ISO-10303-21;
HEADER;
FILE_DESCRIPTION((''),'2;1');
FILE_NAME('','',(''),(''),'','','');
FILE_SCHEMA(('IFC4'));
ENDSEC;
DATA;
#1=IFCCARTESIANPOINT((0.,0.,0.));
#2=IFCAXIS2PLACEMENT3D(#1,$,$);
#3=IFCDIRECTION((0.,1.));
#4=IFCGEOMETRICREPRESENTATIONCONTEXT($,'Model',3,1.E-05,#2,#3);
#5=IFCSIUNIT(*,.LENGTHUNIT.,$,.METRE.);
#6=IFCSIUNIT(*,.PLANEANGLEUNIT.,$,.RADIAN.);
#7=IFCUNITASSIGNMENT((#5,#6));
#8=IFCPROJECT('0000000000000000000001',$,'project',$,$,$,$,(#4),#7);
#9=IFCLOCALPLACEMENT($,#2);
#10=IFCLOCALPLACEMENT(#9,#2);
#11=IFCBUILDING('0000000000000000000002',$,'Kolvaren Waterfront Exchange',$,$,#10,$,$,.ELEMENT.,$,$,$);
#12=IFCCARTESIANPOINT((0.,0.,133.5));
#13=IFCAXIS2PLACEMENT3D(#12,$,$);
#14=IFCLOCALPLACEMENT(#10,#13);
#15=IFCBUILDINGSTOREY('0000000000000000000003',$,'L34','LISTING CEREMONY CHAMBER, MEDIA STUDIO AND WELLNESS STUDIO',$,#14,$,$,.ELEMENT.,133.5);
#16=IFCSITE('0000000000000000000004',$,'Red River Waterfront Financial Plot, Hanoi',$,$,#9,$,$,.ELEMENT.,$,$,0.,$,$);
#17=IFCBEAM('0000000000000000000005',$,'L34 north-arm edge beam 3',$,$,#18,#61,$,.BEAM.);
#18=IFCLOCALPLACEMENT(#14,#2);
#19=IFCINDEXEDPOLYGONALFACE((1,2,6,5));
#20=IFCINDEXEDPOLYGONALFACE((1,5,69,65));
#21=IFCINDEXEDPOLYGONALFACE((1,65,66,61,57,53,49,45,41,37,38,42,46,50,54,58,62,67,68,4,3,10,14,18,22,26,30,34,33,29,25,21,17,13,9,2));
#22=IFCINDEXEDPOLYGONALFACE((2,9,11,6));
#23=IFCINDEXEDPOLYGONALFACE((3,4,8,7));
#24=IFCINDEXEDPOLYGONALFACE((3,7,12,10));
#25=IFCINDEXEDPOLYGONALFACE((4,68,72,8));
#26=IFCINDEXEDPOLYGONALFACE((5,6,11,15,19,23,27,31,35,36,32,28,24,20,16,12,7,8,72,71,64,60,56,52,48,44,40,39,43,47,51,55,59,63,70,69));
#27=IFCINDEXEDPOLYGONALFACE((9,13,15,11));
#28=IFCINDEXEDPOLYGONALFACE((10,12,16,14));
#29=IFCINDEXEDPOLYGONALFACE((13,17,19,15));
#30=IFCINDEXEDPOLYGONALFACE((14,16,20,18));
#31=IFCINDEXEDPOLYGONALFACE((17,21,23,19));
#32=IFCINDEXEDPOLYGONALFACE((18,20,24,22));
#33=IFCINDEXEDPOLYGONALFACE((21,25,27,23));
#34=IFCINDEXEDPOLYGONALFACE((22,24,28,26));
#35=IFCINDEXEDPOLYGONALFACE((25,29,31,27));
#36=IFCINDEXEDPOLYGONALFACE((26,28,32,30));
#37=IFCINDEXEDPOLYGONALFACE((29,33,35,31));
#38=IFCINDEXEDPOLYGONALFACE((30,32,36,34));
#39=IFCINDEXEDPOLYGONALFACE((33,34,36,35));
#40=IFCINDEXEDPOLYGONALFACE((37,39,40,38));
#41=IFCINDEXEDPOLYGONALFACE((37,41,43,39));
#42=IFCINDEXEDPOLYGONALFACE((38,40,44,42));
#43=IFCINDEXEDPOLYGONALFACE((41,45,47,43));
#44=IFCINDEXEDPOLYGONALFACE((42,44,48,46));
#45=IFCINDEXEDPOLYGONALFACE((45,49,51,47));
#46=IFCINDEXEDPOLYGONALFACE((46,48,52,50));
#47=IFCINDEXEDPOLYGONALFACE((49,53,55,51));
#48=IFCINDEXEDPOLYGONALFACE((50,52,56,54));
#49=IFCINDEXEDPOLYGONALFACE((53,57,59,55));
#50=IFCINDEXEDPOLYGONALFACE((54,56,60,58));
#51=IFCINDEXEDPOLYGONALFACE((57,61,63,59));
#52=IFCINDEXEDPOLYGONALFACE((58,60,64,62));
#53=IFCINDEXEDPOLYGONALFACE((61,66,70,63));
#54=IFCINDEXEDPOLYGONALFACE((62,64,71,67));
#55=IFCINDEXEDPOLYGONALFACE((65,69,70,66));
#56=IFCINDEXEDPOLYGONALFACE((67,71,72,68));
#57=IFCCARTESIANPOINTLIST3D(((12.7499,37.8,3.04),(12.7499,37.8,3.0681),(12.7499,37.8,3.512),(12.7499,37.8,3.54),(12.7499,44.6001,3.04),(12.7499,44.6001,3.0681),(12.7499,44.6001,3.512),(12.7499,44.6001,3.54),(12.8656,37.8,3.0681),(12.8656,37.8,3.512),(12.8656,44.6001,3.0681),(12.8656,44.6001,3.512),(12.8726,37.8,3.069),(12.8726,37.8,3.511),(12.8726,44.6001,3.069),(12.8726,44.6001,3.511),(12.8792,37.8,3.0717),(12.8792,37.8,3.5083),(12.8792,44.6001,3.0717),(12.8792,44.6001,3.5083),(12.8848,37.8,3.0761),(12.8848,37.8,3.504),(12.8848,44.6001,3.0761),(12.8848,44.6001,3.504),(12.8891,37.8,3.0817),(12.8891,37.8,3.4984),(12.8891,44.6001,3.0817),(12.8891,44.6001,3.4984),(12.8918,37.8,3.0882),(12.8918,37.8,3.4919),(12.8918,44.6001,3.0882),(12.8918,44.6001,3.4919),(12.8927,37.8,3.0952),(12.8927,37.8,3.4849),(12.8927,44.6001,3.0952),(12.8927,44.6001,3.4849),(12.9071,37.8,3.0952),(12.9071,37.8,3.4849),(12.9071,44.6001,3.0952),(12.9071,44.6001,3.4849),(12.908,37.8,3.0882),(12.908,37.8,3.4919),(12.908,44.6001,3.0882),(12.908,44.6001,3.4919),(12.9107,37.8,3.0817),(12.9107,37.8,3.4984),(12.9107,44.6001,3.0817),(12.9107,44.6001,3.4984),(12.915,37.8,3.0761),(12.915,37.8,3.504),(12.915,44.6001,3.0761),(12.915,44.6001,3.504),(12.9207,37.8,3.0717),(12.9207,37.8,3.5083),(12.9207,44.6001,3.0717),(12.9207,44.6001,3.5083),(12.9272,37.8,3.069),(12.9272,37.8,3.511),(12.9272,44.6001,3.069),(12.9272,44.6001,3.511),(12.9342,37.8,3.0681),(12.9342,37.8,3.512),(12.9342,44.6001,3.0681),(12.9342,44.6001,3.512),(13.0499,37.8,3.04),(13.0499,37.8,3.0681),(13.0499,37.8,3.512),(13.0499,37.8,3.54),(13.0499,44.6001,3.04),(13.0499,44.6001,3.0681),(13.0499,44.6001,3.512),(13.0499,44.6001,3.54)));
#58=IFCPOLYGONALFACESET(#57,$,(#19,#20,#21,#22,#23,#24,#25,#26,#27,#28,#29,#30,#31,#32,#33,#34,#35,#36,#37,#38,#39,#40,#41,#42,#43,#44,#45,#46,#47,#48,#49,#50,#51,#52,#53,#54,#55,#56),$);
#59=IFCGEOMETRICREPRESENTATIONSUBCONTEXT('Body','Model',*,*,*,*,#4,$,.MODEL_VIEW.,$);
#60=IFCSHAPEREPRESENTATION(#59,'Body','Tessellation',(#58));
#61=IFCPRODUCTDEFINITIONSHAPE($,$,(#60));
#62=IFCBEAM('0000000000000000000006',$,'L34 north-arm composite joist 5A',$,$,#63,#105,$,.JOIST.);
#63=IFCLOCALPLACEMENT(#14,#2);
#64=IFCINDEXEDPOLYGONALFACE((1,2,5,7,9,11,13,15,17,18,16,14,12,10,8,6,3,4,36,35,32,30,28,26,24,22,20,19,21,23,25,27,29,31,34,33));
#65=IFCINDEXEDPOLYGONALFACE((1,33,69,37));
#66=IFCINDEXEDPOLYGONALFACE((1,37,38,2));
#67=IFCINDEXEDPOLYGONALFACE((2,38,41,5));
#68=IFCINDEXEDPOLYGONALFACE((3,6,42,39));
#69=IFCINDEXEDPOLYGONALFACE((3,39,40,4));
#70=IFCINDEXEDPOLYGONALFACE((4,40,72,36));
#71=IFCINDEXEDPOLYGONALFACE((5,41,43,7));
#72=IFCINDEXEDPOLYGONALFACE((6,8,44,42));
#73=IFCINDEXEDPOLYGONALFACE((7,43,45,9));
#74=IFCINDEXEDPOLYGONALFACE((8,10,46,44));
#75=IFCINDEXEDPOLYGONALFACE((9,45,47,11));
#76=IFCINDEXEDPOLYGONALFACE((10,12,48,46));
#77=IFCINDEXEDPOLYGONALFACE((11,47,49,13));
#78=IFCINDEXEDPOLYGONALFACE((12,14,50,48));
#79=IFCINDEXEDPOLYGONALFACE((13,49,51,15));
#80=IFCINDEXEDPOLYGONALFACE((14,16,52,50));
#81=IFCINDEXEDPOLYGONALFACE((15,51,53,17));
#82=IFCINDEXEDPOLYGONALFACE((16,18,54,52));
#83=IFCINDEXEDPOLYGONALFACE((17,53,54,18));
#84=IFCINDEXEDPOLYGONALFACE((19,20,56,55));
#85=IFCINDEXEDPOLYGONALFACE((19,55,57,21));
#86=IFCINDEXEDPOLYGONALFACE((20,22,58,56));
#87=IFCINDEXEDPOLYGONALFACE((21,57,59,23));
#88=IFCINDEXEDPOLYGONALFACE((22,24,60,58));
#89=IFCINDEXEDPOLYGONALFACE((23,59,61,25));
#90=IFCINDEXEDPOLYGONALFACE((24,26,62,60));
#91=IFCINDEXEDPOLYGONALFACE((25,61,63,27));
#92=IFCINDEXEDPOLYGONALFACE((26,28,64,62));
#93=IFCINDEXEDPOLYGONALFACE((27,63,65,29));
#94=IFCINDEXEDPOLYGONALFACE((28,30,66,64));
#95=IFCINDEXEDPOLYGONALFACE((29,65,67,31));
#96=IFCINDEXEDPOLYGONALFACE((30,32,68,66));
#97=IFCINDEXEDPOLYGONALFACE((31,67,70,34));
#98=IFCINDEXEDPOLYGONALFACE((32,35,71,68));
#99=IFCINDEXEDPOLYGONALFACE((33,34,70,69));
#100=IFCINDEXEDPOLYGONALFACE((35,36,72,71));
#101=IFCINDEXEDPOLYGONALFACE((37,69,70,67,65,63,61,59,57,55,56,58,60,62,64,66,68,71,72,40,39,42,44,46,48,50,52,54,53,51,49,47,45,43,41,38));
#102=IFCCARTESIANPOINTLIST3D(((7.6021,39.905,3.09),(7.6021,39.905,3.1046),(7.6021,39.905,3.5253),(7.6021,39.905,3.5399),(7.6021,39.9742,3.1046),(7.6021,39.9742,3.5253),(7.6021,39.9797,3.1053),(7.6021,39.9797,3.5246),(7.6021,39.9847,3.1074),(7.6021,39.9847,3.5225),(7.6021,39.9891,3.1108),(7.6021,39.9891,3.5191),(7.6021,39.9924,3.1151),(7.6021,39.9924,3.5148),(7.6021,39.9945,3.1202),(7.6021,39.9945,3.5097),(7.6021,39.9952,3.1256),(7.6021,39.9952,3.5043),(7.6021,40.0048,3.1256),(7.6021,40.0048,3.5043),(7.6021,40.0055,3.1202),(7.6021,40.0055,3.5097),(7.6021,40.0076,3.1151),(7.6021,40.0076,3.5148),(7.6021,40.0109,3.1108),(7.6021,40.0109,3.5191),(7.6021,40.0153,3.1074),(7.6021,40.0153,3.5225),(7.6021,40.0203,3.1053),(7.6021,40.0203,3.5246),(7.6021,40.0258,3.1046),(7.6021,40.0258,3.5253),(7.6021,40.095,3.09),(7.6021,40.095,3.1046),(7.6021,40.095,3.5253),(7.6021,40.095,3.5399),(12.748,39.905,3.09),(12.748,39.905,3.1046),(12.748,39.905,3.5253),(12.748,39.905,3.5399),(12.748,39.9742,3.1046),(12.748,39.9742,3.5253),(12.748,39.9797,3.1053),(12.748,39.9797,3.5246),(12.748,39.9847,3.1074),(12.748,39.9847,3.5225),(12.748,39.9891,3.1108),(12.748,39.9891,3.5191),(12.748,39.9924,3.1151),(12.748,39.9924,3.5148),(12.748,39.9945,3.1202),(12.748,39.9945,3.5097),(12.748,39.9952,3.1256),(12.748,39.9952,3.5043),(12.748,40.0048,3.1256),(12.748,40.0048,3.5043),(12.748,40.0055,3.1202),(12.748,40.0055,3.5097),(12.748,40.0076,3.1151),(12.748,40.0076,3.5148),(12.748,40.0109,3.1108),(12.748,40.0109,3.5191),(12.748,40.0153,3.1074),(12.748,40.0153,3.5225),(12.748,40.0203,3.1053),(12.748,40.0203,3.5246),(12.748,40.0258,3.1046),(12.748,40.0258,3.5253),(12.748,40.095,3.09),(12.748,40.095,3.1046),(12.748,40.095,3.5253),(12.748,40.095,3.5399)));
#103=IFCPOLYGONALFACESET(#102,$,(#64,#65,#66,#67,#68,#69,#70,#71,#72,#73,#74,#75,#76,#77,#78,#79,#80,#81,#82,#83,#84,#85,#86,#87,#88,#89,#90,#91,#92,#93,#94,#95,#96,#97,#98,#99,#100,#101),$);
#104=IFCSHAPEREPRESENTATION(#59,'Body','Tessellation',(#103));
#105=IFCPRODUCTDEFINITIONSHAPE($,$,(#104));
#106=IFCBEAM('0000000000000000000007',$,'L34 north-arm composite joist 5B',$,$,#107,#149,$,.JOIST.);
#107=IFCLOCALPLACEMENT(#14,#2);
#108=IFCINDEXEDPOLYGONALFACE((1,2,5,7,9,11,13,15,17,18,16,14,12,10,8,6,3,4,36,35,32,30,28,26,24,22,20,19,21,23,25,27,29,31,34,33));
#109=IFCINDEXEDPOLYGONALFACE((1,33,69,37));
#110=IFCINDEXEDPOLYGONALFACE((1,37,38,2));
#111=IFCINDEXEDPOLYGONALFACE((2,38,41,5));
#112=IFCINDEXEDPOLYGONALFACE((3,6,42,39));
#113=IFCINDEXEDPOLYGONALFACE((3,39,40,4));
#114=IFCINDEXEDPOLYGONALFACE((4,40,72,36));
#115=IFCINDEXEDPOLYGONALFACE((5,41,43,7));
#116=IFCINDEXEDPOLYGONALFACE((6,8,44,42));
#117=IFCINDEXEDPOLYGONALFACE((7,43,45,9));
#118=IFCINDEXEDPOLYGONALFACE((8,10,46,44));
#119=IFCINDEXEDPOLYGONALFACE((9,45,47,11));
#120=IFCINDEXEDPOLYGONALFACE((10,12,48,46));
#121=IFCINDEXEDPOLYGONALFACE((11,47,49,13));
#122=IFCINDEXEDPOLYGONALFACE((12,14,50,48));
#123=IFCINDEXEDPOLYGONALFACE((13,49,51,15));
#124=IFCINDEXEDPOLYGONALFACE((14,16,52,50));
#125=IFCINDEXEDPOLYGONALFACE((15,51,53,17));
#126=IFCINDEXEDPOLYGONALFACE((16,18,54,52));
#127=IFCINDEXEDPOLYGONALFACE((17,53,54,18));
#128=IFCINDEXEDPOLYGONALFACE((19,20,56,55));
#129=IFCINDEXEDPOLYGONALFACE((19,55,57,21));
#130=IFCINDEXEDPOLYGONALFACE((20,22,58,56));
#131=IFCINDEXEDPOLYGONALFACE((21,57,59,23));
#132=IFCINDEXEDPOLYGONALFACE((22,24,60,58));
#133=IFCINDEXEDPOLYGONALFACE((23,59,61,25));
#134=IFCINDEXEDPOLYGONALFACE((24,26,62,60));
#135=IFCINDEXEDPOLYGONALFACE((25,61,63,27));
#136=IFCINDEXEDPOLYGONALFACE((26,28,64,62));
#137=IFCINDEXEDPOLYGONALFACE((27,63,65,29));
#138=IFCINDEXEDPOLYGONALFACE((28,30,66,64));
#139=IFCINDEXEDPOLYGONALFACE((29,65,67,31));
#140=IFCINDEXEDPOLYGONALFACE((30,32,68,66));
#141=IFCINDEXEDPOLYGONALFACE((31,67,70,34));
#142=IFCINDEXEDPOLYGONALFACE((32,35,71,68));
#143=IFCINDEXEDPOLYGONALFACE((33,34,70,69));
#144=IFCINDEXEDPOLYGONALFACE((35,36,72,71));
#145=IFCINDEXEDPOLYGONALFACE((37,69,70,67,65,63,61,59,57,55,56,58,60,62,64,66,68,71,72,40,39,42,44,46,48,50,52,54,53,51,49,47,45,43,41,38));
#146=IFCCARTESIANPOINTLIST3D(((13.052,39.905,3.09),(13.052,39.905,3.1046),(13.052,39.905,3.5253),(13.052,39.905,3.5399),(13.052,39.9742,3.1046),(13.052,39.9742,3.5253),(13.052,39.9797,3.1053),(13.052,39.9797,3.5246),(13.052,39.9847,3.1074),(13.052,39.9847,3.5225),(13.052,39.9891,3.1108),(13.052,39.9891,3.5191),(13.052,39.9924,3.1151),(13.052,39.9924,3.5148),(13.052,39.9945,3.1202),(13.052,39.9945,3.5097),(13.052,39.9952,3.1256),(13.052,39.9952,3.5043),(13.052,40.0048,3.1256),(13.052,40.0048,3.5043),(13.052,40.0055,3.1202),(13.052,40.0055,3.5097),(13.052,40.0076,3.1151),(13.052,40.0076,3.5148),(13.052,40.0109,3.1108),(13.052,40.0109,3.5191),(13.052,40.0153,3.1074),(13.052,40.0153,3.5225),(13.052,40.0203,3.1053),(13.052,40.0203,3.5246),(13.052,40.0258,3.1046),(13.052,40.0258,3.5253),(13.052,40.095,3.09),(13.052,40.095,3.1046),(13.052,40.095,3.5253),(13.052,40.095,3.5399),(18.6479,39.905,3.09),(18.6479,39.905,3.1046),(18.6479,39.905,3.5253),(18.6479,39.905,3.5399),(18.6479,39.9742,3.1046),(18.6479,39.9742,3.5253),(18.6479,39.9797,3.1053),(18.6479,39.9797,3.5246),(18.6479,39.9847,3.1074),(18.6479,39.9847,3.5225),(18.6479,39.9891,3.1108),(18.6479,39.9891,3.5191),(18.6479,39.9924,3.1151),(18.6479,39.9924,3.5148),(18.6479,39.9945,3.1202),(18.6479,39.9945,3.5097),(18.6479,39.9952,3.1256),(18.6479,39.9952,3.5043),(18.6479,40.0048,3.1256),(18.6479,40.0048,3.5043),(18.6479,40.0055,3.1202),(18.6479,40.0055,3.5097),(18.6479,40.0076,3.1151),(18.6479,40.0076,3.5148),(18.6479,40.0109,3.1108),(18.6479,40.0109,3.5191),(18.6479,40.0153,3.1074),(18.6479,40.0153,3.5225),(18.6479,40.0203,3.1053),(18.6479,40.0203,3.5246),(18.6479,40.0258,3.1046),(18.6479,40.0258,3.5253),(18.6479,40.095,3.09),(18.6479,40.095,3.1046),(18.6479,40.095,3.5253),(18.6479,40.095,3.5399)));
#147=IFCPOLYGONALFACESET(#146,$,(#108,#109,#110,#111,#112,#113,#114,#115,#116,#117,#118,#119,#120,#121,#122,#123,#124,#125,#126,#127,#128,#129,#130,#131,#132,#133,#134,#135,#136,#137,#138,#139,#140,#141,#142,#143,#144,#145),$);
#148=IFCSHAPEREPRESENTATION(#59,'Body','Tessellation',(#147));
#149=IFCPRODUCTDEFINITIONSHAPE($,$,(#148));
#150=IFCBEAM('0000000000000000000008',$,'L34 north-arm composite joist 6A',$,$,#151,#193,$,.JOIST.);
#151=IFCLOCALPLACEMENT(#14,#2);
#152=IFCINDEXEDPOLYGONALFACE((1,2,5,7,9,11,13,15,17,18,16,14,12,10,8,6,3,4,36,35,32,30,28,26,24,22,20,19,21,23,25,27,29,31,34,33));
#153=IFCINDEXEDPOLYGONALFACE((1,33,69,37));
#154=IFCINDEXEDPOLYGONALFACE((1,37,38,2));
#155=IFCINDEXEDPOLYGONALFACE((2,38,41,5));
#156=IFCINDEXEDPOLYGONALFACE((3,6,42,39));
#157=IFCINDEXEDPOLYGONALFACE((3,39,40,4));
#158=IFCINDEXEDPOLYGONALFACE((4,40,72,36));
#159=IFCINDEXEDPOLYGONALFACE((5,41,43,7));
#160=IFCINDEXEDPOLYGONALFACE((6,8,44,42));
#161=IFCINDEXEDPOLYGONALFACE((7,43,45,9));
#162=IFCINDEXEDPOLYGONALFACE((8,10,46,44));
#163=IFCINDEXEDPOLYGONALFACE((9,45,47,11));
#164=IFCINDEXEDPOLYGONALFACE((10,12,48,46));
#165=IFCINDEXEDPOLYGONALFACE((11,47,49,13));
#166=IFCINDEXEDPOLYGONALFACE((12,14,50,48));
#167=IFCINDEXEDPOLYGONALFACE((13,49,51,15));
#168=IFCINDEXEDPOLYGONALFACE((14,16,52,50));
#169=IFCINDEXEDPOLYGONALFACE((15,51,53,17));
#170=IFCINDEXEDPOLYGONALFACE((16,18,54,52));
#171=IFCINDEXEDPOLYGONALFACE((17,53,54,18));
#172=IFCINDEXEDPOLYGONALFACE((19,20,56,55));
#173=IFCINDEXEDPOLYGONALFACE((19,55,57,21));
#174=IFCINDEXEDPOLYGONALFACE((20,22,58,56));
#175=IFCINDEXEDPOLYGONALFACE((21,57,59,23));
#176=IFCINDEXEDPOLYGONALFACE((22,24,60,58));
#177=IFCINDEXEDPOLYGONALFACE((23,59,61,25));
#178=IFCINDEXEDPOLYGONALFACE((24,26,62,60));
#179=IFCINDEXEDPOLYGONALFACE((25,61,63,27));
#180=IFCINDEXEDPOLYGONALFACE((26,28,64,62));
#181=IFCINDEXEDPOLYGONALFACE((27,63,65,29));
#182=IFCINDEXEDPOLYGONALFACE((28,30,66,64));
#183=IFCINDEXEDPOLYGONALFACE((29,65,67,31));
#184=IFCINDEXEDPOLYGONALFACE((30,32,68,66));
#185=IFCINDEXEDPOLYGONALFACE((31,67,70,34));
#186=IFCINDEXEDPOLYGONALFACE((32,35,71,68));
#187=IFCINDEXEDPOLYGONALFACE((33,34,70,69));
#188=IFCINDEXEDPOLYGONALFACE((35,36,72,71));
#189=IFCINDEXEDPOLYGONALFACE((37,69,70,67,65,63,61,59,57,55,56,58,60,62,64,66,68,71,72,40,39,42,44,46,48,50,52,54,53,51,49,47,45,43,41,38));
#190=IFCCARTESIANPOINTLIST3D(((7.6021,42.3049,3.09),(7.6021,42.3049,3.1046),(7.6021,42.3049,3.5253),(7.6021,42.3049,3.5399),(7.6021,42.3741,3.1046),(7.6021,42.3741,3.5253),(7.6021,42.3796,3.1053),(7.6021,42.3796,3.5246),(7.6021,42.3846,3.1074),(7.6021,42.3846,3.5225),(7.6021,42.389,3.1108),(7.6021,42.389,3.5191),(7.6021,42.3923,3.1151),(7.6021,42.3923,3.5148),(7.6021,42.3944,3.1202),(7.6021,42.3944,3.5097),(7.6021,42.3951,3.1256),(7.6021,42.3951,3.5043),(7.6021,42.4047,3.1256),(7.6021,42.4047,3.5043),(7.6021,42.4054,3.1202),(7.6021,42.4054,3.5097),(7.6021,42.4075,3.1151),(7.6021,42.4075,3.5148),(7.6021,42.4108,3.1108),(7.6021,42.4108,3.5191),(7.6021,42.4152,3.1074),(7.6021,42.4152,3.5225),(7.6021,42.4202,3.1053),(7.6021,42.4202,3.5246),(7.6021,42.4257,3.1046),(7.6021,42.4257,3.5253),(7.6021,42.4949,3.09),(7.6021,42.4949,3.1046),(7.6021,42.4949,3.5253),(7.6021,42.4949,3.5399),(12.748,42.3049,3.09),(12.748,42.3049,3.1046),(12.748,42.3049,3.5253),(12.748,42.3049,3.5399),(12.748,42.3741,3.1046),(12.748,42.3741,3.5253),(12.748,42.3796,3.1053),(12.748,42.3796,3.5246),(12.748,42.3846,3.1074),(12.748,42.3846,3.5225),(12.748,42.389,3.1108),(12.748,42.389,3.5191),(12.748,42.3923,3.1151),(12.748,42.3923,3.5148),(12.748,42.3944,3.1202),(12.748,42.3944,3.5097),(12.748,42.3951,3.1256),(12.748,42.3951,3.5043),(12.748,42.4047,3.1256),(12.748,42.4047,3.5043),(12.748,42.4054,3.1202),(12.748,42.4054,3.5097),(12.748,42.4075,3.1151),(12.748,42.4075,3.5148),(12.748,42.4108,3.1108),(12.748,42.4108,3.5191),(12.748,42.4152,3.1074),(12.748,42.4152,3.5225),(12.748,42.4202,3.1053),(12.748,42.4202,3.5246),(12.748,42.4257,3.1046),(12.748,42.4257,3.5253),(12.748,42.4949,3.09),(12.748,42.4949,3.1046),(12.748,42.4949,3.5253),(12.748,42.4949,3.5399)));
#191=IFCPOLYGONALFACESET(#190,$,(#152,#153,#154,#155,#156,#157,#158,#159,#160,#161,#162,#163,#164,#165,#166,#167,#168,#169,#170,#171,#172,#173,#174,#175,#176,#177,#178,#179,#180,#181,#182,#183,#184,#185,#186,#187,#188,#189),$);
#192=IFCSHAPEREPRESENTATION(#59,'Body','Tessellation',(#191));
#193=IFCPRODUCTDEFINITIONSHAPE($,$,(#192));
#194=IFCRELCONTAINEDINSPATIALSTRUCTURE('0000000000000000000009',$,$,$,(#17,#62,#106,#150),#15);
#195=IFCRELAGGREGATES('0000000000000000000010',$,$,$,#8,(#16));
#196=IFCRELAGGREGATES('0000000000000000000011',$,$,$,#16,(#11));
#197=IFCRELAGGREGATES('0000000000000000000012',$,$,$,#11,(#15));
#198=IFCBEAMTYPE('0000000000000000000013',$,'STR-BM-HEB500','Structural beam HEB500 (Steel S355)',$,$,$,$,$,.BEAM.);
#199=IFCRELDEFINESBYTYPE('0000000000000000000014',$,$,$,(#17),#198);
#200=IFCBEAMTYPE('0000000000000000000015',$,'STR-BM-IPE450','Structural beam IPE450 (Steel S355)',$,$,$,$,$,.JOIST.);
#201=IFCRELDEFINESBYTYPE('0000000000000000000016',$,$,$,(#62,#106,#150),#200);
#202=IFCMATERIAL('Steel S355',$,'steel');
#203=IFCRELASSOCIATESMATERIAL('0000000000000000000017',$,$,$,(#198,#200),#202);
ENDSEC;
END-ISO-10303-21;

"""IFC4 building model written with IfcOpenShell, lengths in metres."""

from ifc_helpers import new_model, si_unit, direction, frame, origin, origin_2d, place, context, subcontext, project, spatial, i_section, extrude, material, material_profile, profile_set, type_object, element, save


model = new_model("IFC4")

# Units and contexts
model_context = context("Model", 3, precision=1e-05, world=origin(), true_north=direction((0.0, 1.0)))
body_context = subcontext(model_context, "Body", "Model", "MODEL_VIEW")
ifc_project = project(units=[si_unit("LENGTHUNIT", "METRE"), si_unit("PLANEANGLEUNIT", "RADIAN")], contexts=[model_context])

# Site, building, storey
site_placement = place(None, origin())
site = spatial("IfcSite", under=ifc_project, at=site_placement, Name="Red River Waterfront Financial Plot, Hanoi", CompositionType="ELEMENT", RefElevation=0.0)
building_placement = place(site_placement, origin())
building = spatial("IfcBuilding", under=site, at=building_placement, Name="Kolvaren Waterfront Exchange", CompositionType="ELEMENT")
storey_placement = place(building_placement, frame((0.0, 0.0, 133.5)))
storey = spatial("IfcBuildingStorey", under=building, at=storey_placement, Name="L34", Description="LISTING CEREMONY CHAMBER, MEDIA STUDIO AND WELLNESS STUDIO", CompositionType="ELEMENT", Elevation=133.5)

# Beams
ifc_material_1 = material(Name="Steel S355", Category="steel")
ifc_material_profile_1 = material_profile(ifc_material_1, i_section(OverallWidth=0.3, OverallDepth=0.5, WebThickness=0.0144, FlangeThickness=0.0281, FilletRadius=0.0271, at=origin_2d()), Name="HEB500")
ifc_profile_set_1 = profile_set([ifc_material_profile_1], Name="Steel S355")
beam_type_1 = type_object("IfcBeamType", Name="STR-BM-HEB500", Description="Structural beam HEB500 (Steel S355)", PredefinedType="BEAM", material=ifc_profile_set_1)
beam_1_placement = place(storey_placement, frame((12.8999, 37.8, 3.29), z_axis=(0.0, 1.0, 0.0), x_axis=(-1.0, 0.0, 0.0)))
element("IfcBeam", 1, at=beam_1_placement, inside=storey, type_object=beam_type_1, Name="L34 north-arm edge beam 3", PredefinedType="BEAM", context=body_context, shape_type="SweptSolid", body=[
    extrude(i_section(OverallWidth=0.3, OverallDepth=0.5, WebThickness=0.0144, FlangeThickness=0.0281, FilletRadius=0.0271, at=origin_2d()), origin(), (0.0, 0.0, 1.0), 6.8),
])
ifc_material_profile_2 = material_profile(ifc_material_1, i_section(OverallWidth=0.1899, OverallDepth=0.45, WebThickness=0.0095, FlangeThickness=0.0146, FilletRadius=0.021, at=origin_2d()), Name="IPE450")
ifc_profile_set_2 = profile_set([ifc_material_profile_2], Name="Steel S355")
beam_type_2 = type_object("IfcBeamType", Name="STR-BM-IPE450", Description="Structural beam IPE450 (Steel S355)", PredefinedType="JOIST", material=ifc_profile_set_2)
beam_2_placement = place(storey_placement, frame((7.6021, 40.0, 3.3149), z_axis=(1.0, 0.0, 0.0), x_axis=(0.0, 1.0, 0.0)))
element("IfcBeam", 2, at=beam_2_placement, inside=storey, type_object=beam_type_2, Name="L34 north-arm composite joist 5A", PredefinedType="JOIST", context=body_context, shape_type="SweptSolid", body=[
    extrude(i_section(OverallWidth=0.1899, OverallDepth=0.45, WebThickness=0.0095, FlangeThickness=0.0146, FilletRadius=0.021, at=origin_2d()), origin(), (0.0, 0.0, 1.0), 5.146),
])
beam_3_placement = place(storey_placement, frame((13.052, 40.0, 3.3149), z_axis=(1.0, 0.0, 0.0), x_axis=(0.0, 1.0, 0.0)))
element("IfcBeam", 3, at=beam_3_placement, inside=storey, type_object=beam_type_2, Name="L34 north-arm composite joist 5B", PredefinedType="JOIST", context=body_context, shape_type="SweptSolid", body=[
    extrude(i_section(OverallWidth=0.1899, OverallDepth=0.45, WebThickness=0.0095, FlangeThickness=0.0146, FilletRadius=0.021, at=origin_2d()), origin(), (0.0, 0.0, 1.0), 5.5959),
])
beam_4_placement = place(storey_placement, frame((7.6021, 42.3999, 3.3149), z_axis=(1.0, 0.0, 0.0), x_axis=(0.0, 1.0, 0.0)))
element("IfcBeam", 4, at=beam_4_placement, inside=storey, type_object=beam_type_2, Name="L34 north-arm composite joist 6A", PredefinedType="JOIST", context=body_context, shape_type="SweptSolid", body=[
    extrude(i_section(OverallWidth=0.1899, OverallDepth=0.45, WebThickness=0.0095, FlangeThickness=0.0146, FilletRadius=0.021, at=origin_2d()), origin(), (0.0, 0.0, 1.0), 5.146),
])

save(model, "model.ifc")
